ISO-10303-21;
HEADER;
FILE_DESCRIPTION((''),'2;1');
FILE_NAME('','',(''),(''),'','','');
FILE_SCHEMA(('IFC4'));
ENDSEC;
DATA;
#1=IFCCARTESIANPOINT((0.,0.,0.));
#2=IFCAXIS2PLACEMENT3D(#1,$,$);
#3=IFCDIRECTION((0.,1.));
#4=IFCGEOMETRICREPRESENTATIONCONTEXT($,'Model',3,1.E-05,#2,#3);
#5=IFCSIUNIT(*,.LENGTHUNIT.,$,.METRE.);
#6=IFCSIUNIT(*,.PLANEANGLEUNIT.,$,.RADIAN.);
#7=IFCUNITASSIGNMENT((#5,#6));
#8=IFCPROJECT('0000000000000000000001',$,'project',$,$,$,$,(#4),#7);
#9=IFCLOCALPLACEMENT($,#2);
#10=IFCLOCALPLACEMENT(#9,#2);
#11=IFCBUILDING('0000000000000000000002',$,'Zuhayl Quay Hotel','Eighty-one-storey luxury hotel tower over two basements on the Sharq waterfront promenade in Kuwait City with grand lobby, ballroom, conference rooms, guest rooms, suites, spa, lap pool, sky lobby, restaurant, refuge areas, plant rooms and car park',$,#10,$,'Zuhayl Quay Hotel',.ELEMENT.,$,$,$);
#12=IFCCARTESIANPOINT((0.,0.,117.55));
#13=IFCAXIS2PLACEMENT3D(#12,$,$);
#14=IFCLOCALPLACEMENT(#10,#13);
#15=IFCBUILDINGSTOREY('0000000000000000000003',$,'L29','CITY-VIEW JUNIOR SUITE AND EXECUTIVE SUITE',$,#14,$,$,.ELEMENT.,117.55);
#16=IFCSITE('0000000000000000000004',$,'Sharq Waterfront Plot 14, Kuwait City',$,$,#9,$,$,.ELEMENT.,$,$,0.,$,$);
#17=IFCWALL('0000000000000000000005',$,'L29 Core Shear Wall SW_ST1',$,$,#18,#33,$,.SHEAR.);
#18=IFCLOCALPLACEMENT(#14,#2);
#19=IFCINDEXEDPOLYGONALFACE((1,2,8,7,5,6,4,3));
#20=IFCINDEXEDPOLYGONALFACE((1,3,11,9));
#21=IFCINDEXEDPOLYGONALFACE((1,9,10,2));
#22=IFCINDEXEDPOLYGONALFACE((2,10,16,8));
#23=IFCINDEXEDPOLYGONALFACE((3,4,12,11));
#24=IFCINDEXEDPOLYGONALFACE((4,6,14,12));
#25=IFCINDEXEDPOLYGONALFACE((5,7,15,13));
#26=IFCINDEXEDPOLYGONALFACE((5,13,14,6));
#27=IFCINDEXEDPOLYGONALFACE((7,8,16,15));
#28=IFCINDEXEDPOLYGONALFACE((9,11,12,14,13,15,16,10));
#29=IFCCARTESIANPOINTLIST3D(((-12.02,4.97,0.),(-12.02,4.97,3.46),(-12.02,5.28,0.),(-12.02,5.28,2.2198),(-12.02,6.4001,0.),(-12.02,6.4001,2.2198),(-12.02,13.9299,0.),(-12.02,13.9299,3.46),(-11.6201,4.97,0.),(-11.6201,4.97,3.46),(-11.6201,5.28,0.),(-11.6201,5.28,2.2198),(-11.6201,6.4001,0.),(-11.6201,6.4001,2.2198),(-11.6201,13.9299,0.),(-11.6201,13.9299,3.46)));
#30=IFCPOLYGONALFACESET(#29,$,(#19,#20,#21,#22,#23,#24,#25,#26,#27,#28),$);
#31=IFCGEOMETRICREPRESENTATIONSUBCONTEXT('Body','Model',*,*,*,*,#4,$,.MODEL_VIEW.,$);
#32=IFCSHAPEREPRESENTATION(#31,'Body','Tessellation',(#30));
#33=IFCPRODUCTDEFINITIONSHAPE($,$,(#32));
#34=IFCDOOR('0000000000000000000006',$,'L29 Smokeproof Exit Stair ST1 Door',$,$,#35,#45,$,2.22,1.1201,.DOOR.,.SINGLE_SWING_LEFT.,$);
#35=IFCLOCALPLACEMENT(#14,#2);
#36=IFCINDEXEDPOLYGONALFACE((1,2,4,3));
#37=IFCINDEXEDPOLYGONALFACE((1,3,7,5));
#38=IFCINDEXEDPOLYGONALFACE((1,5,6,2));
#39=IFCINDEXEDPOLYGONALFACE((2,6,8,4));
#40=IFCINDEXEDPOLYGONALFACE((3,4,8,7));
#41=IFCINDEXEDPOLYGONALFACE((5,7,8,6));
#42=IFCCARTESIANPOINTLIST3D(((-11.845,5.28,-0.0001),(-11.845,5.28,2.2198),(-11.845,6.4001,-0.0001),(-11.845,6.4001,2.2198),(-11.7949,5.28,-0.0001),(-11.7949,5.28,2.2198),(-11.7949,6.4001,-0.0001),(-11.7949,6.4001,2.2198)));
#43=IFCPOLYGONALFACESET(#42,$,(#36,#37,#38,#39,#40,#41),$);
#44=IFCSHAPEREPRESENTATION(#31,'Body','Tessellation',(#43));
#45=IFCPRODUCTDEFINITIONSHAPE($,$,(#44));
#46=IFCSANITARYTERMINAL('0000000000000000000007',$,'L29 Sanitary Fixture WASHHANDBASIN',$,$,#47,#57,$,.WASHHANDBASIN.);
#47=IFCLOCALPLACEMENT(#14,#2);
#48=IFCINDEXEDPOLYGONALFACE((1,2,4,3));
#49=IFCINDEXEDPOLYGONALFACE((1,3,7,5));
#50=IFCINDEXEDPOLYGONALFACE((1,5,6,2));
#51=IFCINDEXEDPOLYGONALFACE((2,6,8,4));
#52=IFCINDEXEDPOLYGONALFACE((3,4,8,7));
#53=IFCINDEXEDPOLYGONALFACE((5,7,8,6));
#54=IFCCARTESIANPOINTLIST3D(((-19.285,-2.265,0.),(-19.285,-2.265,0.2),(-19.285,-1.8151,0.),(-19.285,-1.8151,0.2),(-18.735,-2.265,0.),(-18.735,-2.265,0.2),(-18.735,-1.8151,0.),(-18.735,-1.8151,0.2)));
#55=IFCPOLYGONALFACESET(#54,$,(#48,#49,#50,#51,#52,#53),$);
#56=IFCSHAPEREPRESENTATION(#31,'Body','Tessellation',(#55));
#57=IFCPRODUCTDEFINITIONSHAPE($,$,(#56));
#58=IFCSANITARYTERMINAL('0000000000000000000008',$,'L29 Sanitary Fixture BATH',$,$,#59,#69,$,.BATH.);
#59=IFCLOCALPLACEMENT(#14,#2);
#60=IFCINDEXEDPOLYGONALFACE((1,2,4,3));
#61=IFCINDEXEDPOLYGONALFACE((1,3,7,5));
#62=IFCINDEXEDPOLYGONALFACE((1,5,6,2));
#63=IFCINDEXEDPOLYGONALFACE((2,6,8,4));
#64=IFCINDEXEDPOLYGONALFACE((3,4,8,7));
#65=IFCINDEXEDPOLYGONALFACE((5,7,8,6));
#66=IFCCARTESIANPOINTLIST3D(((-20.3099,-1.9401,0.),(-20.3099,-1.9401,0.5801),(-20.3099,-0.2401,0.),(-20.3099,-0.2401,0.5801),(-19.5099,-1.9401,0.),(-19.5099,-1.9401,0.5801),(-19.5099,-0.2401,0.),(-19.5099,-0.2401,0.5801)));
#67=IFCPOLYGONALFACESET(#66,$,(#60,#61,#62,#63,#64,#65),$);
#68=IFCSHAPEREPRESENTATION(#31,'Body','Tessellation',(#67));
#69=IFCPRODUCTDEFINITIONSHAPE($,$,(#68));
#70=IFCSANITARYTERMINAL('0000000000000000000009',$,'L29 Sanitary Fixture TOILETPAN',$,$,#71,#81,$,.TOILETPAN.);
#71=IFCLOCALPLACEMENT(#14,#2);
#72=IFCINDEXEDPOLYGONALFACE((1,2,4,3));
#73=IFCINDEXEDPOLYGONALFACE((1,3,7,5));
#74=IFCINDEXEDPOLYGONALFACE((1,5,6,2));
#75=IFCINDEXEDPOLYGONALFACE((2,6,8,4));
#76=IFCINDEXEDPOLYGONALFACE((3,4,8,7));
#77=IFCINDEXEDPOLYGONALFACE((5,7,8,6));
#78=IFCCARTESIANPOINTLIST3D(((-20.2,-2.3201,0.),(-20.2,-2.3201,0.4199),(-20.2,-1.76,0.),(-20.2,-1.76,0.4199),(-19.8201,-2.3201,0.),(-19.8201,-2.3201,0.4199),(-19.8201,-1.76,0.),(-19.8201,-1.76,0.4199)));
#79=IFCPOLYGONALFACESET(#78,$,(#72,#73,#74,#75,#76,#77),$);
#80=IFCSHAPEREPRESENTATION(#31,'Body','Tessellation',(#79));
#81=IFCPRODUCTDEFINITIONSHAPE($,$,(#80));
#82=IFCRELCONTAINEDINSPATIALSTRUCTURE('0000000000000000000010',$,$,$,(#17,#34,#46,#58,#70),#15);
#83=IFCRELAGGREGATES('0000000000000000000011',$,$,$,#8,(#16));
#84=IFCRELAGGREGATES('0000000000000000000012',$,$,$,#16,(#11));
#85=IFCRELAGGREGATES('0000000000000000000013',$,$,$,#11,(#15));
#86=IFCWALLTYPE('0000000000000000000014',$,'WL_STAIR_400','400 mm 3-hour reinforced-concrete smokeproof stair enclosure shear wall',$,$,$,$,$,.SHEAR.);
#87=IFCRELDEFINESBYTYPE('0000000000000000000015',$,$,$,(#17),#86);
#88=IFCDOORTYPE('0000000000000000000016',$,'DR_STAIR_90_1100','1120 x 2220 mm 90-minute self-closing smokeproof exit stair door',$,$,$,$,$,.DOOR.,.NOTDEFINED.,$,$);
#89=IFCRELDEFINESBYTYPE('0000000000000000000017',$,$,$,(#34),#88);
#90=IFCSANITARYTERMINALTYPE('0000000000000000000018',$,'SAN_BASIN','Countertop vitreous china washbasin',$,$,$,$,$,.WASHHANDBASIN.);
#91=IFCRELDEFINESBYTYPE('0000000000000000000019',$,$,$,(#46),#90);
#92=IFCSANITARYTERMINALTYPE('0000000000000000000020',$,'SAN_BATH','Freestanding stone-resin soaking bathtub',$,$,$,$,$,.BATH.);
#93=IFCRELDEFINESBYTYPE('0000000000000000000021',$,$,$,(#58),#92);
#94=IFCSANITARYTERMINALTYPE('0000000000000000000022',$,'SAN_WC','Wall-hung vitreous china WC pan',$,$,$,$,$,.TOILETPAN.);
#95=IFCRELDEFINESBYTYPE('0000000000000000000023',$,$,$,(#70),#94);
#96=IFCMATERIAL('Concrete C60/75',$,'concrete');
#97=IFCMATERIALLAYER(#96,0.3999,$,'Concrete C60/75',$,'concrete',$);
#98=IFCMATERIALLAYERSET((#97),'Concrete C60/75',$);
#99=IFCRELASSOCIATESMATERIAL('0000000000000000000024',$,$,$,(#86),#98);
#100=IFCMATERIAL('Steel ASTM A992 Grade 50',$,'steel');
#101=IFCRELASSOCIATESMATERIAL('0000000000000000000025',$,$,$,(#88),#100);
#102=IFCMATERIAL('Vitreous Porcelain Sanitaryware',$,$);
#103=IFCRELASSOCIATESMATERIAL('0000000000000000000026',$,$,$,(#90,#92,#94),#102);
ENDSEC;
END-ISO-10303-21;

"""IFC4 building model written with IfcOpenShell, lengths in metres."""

from ifc_helpers import new_model, si_unit, direction, frame, frame_2d, origin, origin_2d, place, context, subcontext, project, spatial, rectangle, extrude, material, layer, layer_set, type_object, element, fill, save


model = new_model("IFC4")

# Units and contexts
model_context = context("Model", 3, precision=1e-05, world=origin(), true_north=direction((0.0, 1.0)))
body_context = subcontext(model_context, "Body", "Model", "MODEL_VIEW")
ifc_project = project(units=[si_unit("LENGTHUNIT", "METRE"), si_unit("PLANEANGLEUNIT", "RADIAN")], contexts=[model_context])

# Site, building, storey
site_placement = place(None, origin())
site = spatial("IfcSite", under=ifc_project, at=site_placement, Name="Sharq Waterfront Plot 14, Kuwait City", CompositionType="ELEMENT", RefElevation=0.0)
building_placement = place(site_placement, origin())
building = spatial("IfcBuilding", under=site, at=building_placement, Name="Zuhayl Quay Hotel", Description="Eighty-one-storey luxury hotel tower over two basements on the Sharq waterfront promenade in Kuwait City with grand lobby, ballroom, conference rooms, guest rooms, suites, spa, lap pool, sky lobby, restaurant, refuge areas, plant rooms and car park", LongName="Zuhayl Quay Hotel", CompositionType="ELEMENT")
storey_placement = place(building_placement, frame((0.0, 0.0, 117.55)))
storey = spatial("IfcBuildingStorey", under=building, at=storey_placement, Name="L29", Description="CITY-VIEW JUNIOR SUITE AND EXECUTIVE SUITE", CompositionType="ELEMENT", Elevation=117.55)

# Shared definitions
ifc_material_1 = material(Name="Steel ASTM A992 Grade 50", Category="steel")
ifc_material_2 = material(Name="Concrete C60/75", Category="concrete")

# Wall, opening, door
ifc_layer_1 = layer(ifc_material_2, 0.3999, Name="Concrete C60/75", Category="concrete")
ifc_layer_set_1 = layer_set([ifc_layer_1], Name="Concrete C60/75")
wall_type_1 = type_object("IfcWallType", Name="WL_STAIR_400", Description="400 mm 3-hour reinforced-concrete smokeproof stair enclosure shear wall", PredefinedType="SHEAR", material=ifc_layer_set_1)
wall_1_placement = place(storey_placement, frame((-11.8201, 4.97, 0.0), z_axis=(0.0, 0.0, 1.0), x_axis=(0.0, 1.0, 0.0)))
wall_1 = element("IfcWall", 1, at=wall_1_placement, inside=storey, type_object=wall_type_1, Name="L29 Core Shear Wall SW_ST1", PredefinedType="SHEAR", context=body_context, shape_type="SweptSolid", body=[
    extrude(rectangle(XDim=8.96, YDim=0.3999, at=frame_2d((4.48, 0.0))), origin(), (0.0, 0.0, 1.0), 3.46),
])
opening_1_placement = place(wall_1_placement, frame((0.3101, 0.0, 0.0)))
opening_1 = element("IfcOpeningElement", 2, at=opening_1_placement, cuts=wall_1, PredefinedType="OPENING", context=body_context, shape_type="SweptSolid", body=[
    extrude(rectangle(XDim=1.1201, YDim=2.22, at=frame_2d((0.5601, 1.1099))), frame((0.0, 0.21, 0.0), z_axis=(0.0, -1.0, 0.0), x_axis=(1.0, 0.0, 0.0)), (0.0, 0.0, 1.0), 0.4199),
])
door_type_1 = type_object("IfcDoorType", Name="DR_STAIR_90_1100", Description="1120 x 2220 mm 90-minute self-closing smokeproof exit stair door", OperationType="NOTDEFINED", PredefinedType="DOOR", material=ifc_material_1)
door_1_placement = place(opening_1_placement, origin())
door_1 = element("IfcDoor", 3, at=door_1_placement, inside=storey, type_object=door_type_1, Name="L29 Smokeproof Exit Stair ST1 Door", OperationType="SINGLE_SWING_LEFT", OverallHeight=2.22, OverallWidth=1.1201, PredefinedType="DOOR", context=body_context, shape_type="SweptSolid", body=[
    extrude(rectangle(XDim=1.1201, YDim=2.22, at=frame_2d((0.5601, 1.1099))), frame((0.0, 0.0249, 0.0), z_axis=(0.0, -1.0, 0.0), x_axis=(1.0, 0.0, 0.0)), (0.0, 0.0, 1.0), 0.05),
])
fill(opening_1, door_1)

# Sanitary terminals
ifc_material_3 = material(Name="Vitreous Porcelain Sanitaryware")
sanitary_terminal_type_1 = type_object("IfcSanitaryTerminalType", Name="SAN_BASIN", Description="Countertop vitreous china washbasin", PredefinedType="WASHHANDBASIN", material=ifc_material_3)
sanitary_terminal_1_placement = place(storey_placement, frame((-19.01, -2.04, 0.0), z_axis=(0.0, 0.0, 1.0), x_axis=(1.0, 0.0, 0.0)))
element("IfcSanitaryTerminal", 4, at=sanitary_terminal_1_placement, inside=storey, type_object=sanitary_terminal_type_1, Name="L29 Sanitary Fixture WASHHANDBASIN", PredefinedType="WASHHANDBASIN", context=body_context, shape_type="SweptSolid", body=[
    extrude(rectangle(XDim=0.55, YDim=0.45, at=origin_2d()), origin(), (0.0, 0.0, 1.0), 0.2),
])
sanitary_terminal_type_2 = type_object("IfcSanitaryTerminalType", Name="SAN_BATH", Description="Freestanding stone-resin soaking bathtub", PredefinedType="BATH", material=ifc_material_3)
sanitary_terminal_2_placement = place(storey_placement, frame((-19.9099, -1.0901, 0.0), z_axis=(0.0, 0.0, 1.0), x_axis=(1.0, 0.0, 0.0)))
element("IfcSanitaryTerminal", 5, at=sanitary_terminal_2_placement, inside=storey, type_object=sanitary_terminal_type_2, Name="L29 Sanitary Fixture BATH", PredefinedType="BATH", context=body_context, shape_type="SweptSolid", body=[
    extrude(rectangle(XDim=0.8, YDim=1.7, at=origin_2d()), origin(), (0.0, 0.0, 1.0), 0.5801),
])
sanitary_terminal_type_3 = type_object("IfcSanitaryTerminalType", Name="SAN_WC", Description="Wall-hung vitreous china WC pan", PredefinedType="TOILETPAN", material=ifc_material_3)
sanitary_terminal_3_placement = place(storey_placement, frame((-20.01, -2.04, 0.0), z_axis=(0.0, 0.0, 1.0), x_axis=(1.0, 0.0, 0.0)))
element("IfcSanitaryTerminal", 6, at=sanitary_terminal_3_placement, inside=storey, type_object=sanitary_terminal_type_3, Name="L29 Sanitary Fixture TOILETPAN", PredefinedType="TOILETPAN", context=body_context, shape_type="SweptSolid", body=[
    extrude(rectangle(XDim=0.3799, YDim=0.5601, at=origin_2d()), origin(), (0.0, 0.0, 1.0), 0.4199),
])

save(model, "model.ifc")
